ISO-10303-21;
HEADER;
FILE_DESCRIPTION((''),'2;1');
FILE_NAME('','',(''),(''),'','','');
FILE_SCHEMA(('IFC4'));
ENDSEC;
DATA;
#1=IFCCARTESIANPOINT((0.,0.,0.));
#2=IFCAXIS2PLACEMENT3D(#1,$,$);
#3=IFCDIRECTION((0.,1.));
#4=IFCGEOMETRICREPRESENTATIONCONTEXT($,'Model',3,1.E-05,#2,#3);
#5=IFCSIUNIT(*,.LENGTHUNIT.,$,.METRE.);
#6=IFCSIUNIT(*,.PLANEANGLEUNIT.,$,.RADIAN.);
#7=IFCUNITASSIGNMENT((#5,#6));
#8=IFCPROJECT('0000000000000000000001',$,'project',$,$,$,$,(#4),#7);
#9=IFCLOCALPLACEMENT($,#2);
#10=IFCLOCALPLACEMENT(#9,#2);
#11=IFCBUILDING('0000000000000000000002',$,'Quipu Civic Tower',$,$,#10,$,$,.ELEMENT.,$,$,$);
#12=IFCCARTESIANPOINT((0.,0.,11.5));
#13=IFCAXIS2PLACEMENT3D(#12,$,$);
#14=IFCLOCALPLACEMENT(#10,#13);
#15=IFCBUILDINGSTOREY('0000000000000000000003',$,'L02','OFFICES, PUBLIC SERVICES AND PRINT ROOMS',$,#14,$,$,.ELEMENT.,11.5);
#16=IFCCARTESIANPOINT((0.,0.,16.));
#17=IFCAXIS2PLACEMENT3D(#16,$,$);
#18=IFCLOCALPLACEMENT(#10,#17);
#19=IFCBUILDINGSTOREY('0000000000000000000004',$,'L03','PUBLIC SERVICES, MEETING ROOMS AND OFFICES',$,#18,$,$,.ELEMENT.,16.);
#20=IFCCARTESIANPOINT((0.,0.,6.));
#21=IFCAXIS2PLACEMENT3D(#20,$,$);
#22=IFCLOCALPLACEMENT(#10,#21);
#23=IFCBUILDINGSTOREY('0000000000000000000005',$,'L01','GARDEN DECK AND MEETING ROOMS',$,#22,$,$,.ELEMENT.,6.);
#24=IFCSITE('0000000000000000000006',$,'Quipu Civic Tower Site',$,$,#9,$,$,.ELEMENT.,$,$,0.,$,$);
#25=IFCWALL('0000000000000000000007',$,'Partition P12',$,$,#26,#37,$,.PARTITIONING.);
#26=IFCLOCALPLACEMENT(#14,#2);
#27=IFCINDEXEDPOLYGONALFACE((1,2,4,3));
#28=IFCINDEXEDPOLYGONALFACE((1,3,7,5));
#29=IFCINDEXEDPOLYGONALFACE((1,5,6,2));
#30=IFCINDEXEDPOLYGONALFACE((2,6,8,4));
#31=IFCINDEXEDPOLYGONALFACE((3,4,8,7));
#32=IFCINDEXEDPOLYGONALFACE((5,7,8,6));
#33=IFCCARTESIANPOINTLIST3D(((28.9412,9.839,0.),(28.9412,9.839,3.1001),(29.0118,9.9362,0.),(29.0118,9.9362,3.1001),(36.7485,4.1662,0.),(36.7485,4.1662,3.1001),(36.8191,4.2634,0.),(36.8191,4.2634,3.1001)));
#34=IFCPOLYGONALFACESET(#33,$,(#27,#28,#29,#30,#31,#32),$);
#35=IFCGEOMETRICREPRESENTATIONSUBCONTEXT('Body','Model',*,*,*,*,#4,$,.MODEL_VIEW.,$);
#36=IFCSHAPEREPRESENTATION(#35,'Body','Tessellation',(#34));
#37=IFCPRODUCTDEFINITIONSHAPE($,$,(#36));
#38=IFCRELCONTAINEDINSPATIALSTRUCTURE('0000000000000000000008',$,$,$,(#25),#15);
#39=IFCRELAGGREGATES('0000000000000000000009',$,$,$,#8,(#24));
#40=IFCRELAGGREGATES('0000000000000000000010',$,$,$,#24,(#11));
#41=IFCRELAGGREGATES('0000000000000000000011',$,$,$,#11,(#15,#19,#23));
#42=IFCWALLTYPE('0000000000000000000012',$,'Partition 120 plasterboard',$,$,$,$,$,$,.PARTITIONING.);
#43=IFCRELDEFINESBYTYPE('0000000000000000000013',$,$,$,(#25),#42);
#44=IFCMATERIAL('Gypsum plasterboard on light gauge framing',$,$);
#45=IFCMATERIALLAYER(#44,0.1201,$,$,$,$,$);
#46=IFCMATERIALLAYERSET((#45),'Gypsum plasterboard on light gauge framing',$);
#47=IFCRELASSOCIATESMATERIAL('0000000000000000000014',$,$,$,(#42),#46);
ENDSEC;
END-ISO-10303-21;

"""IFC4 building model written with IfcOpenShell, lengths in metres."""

from ifc_helpers import new_model, si_unit, direction, frame, frame_2d, origin, place, context, subcontext, project, spatial, rectangle, extrude, material, layer, layer_set, type_object, element, save


model = new_model("IFC4")

# Units and contexts
model_context = context("Model", 3, precision=1e-05, world=origin(), true_north=direction((0.0, 1.0)))
body_context = subcontext(model_context, "Body", "Model", "MODEL_VIEW")
ifc_project = project(units=[si_unit("LENGTHUNIT", "METRE"), si_unit("PLANEANGLEUNIT", "RADIAN")], contexts=[model_context])

# Site, building, storey
site_placement = place(None, origin())
site = spatial("IfcSite", under=ifc_project, at=site_placement, Name="Quipu Civic Tower Site", CompositionType="ELEMENT", RefElevation=0.0)
building_placement = place(site_placement, origin())
building = spatial("IfcBuilding", under=site, at=building_placement, Name="Quipu Civic Tower", CompositionType="ELEMENT")
storey_1_placement = place(building_placement, frame((0.0, 0.0, 11.5)))
storey_1 = spatial("IfcBuildingStorey", under=building, at=storey_1_placement, Name="L02", Description="OFFICES, PUBLIC SERVICES AND PRINT ROOMS", CompositionType="ELEMENT", Elevation=11.5)

# Shared definitions
storey_2_placement = place(building_placement, frame((0.0, 0.0, 16.0)))
storey_2 = spatial("IfcBuildingStorey", under=building, at=storey_2_placement, Name="L03", Description="PUBLIC SERVICES, MEETING ROOMS AND OFFICES", CompositionType="ELEMENT", Elevation=16.0)

# Shared definitions
storey_3_placement = place(building_placement, frame((0.0, 0.0, 6.0)))
storey_3 = spatial("IfcBuildingStorey", under=building, at=storey_3_placement, Name="L01", Description="GARDEN DECK AND MEETING ROOMS", CompositionType="ELEMENT", Elevation=6.0)

# Wall
ifc_material_1 = material(Name="Gypsum plasterboard on light gauge framing")
ifc_layer_1 = layer(ifc_material_1, 0.1201)
ifc_layer_set_1 = layer_set([ifc_layer_1], Name="Gypsum plasterboard on light gauge framing")
wall_type = type_object("IfcWallType", Name="Partition 120 plasterboard", PredefinedType="PARTITIONING", material=ifc_layer_set_1)
wall_1_placement = place(storey_1_placement, frame((36.7837, 4.2148, 0.0), z_axis=(0.0, 0.0, 1.0), x_axis=(-0.808994, 0.587817, 0.0)))
element("IfcWall", 1, at=wall_1_placement, inside=storey_1, type_object=wall_type, Name="Partition P12", PredefinedType="PARTITIONING", context=body_context, shape_type="SweptSolid", body=[
    extrude(rectangle(XDim=9.6506, YDim=0.1201, at=frame_2d((4.8252, 0.0))), origin(), (0.0, 0.0, 1.0), 3.1001),
])

save(model, "model.ifc")
